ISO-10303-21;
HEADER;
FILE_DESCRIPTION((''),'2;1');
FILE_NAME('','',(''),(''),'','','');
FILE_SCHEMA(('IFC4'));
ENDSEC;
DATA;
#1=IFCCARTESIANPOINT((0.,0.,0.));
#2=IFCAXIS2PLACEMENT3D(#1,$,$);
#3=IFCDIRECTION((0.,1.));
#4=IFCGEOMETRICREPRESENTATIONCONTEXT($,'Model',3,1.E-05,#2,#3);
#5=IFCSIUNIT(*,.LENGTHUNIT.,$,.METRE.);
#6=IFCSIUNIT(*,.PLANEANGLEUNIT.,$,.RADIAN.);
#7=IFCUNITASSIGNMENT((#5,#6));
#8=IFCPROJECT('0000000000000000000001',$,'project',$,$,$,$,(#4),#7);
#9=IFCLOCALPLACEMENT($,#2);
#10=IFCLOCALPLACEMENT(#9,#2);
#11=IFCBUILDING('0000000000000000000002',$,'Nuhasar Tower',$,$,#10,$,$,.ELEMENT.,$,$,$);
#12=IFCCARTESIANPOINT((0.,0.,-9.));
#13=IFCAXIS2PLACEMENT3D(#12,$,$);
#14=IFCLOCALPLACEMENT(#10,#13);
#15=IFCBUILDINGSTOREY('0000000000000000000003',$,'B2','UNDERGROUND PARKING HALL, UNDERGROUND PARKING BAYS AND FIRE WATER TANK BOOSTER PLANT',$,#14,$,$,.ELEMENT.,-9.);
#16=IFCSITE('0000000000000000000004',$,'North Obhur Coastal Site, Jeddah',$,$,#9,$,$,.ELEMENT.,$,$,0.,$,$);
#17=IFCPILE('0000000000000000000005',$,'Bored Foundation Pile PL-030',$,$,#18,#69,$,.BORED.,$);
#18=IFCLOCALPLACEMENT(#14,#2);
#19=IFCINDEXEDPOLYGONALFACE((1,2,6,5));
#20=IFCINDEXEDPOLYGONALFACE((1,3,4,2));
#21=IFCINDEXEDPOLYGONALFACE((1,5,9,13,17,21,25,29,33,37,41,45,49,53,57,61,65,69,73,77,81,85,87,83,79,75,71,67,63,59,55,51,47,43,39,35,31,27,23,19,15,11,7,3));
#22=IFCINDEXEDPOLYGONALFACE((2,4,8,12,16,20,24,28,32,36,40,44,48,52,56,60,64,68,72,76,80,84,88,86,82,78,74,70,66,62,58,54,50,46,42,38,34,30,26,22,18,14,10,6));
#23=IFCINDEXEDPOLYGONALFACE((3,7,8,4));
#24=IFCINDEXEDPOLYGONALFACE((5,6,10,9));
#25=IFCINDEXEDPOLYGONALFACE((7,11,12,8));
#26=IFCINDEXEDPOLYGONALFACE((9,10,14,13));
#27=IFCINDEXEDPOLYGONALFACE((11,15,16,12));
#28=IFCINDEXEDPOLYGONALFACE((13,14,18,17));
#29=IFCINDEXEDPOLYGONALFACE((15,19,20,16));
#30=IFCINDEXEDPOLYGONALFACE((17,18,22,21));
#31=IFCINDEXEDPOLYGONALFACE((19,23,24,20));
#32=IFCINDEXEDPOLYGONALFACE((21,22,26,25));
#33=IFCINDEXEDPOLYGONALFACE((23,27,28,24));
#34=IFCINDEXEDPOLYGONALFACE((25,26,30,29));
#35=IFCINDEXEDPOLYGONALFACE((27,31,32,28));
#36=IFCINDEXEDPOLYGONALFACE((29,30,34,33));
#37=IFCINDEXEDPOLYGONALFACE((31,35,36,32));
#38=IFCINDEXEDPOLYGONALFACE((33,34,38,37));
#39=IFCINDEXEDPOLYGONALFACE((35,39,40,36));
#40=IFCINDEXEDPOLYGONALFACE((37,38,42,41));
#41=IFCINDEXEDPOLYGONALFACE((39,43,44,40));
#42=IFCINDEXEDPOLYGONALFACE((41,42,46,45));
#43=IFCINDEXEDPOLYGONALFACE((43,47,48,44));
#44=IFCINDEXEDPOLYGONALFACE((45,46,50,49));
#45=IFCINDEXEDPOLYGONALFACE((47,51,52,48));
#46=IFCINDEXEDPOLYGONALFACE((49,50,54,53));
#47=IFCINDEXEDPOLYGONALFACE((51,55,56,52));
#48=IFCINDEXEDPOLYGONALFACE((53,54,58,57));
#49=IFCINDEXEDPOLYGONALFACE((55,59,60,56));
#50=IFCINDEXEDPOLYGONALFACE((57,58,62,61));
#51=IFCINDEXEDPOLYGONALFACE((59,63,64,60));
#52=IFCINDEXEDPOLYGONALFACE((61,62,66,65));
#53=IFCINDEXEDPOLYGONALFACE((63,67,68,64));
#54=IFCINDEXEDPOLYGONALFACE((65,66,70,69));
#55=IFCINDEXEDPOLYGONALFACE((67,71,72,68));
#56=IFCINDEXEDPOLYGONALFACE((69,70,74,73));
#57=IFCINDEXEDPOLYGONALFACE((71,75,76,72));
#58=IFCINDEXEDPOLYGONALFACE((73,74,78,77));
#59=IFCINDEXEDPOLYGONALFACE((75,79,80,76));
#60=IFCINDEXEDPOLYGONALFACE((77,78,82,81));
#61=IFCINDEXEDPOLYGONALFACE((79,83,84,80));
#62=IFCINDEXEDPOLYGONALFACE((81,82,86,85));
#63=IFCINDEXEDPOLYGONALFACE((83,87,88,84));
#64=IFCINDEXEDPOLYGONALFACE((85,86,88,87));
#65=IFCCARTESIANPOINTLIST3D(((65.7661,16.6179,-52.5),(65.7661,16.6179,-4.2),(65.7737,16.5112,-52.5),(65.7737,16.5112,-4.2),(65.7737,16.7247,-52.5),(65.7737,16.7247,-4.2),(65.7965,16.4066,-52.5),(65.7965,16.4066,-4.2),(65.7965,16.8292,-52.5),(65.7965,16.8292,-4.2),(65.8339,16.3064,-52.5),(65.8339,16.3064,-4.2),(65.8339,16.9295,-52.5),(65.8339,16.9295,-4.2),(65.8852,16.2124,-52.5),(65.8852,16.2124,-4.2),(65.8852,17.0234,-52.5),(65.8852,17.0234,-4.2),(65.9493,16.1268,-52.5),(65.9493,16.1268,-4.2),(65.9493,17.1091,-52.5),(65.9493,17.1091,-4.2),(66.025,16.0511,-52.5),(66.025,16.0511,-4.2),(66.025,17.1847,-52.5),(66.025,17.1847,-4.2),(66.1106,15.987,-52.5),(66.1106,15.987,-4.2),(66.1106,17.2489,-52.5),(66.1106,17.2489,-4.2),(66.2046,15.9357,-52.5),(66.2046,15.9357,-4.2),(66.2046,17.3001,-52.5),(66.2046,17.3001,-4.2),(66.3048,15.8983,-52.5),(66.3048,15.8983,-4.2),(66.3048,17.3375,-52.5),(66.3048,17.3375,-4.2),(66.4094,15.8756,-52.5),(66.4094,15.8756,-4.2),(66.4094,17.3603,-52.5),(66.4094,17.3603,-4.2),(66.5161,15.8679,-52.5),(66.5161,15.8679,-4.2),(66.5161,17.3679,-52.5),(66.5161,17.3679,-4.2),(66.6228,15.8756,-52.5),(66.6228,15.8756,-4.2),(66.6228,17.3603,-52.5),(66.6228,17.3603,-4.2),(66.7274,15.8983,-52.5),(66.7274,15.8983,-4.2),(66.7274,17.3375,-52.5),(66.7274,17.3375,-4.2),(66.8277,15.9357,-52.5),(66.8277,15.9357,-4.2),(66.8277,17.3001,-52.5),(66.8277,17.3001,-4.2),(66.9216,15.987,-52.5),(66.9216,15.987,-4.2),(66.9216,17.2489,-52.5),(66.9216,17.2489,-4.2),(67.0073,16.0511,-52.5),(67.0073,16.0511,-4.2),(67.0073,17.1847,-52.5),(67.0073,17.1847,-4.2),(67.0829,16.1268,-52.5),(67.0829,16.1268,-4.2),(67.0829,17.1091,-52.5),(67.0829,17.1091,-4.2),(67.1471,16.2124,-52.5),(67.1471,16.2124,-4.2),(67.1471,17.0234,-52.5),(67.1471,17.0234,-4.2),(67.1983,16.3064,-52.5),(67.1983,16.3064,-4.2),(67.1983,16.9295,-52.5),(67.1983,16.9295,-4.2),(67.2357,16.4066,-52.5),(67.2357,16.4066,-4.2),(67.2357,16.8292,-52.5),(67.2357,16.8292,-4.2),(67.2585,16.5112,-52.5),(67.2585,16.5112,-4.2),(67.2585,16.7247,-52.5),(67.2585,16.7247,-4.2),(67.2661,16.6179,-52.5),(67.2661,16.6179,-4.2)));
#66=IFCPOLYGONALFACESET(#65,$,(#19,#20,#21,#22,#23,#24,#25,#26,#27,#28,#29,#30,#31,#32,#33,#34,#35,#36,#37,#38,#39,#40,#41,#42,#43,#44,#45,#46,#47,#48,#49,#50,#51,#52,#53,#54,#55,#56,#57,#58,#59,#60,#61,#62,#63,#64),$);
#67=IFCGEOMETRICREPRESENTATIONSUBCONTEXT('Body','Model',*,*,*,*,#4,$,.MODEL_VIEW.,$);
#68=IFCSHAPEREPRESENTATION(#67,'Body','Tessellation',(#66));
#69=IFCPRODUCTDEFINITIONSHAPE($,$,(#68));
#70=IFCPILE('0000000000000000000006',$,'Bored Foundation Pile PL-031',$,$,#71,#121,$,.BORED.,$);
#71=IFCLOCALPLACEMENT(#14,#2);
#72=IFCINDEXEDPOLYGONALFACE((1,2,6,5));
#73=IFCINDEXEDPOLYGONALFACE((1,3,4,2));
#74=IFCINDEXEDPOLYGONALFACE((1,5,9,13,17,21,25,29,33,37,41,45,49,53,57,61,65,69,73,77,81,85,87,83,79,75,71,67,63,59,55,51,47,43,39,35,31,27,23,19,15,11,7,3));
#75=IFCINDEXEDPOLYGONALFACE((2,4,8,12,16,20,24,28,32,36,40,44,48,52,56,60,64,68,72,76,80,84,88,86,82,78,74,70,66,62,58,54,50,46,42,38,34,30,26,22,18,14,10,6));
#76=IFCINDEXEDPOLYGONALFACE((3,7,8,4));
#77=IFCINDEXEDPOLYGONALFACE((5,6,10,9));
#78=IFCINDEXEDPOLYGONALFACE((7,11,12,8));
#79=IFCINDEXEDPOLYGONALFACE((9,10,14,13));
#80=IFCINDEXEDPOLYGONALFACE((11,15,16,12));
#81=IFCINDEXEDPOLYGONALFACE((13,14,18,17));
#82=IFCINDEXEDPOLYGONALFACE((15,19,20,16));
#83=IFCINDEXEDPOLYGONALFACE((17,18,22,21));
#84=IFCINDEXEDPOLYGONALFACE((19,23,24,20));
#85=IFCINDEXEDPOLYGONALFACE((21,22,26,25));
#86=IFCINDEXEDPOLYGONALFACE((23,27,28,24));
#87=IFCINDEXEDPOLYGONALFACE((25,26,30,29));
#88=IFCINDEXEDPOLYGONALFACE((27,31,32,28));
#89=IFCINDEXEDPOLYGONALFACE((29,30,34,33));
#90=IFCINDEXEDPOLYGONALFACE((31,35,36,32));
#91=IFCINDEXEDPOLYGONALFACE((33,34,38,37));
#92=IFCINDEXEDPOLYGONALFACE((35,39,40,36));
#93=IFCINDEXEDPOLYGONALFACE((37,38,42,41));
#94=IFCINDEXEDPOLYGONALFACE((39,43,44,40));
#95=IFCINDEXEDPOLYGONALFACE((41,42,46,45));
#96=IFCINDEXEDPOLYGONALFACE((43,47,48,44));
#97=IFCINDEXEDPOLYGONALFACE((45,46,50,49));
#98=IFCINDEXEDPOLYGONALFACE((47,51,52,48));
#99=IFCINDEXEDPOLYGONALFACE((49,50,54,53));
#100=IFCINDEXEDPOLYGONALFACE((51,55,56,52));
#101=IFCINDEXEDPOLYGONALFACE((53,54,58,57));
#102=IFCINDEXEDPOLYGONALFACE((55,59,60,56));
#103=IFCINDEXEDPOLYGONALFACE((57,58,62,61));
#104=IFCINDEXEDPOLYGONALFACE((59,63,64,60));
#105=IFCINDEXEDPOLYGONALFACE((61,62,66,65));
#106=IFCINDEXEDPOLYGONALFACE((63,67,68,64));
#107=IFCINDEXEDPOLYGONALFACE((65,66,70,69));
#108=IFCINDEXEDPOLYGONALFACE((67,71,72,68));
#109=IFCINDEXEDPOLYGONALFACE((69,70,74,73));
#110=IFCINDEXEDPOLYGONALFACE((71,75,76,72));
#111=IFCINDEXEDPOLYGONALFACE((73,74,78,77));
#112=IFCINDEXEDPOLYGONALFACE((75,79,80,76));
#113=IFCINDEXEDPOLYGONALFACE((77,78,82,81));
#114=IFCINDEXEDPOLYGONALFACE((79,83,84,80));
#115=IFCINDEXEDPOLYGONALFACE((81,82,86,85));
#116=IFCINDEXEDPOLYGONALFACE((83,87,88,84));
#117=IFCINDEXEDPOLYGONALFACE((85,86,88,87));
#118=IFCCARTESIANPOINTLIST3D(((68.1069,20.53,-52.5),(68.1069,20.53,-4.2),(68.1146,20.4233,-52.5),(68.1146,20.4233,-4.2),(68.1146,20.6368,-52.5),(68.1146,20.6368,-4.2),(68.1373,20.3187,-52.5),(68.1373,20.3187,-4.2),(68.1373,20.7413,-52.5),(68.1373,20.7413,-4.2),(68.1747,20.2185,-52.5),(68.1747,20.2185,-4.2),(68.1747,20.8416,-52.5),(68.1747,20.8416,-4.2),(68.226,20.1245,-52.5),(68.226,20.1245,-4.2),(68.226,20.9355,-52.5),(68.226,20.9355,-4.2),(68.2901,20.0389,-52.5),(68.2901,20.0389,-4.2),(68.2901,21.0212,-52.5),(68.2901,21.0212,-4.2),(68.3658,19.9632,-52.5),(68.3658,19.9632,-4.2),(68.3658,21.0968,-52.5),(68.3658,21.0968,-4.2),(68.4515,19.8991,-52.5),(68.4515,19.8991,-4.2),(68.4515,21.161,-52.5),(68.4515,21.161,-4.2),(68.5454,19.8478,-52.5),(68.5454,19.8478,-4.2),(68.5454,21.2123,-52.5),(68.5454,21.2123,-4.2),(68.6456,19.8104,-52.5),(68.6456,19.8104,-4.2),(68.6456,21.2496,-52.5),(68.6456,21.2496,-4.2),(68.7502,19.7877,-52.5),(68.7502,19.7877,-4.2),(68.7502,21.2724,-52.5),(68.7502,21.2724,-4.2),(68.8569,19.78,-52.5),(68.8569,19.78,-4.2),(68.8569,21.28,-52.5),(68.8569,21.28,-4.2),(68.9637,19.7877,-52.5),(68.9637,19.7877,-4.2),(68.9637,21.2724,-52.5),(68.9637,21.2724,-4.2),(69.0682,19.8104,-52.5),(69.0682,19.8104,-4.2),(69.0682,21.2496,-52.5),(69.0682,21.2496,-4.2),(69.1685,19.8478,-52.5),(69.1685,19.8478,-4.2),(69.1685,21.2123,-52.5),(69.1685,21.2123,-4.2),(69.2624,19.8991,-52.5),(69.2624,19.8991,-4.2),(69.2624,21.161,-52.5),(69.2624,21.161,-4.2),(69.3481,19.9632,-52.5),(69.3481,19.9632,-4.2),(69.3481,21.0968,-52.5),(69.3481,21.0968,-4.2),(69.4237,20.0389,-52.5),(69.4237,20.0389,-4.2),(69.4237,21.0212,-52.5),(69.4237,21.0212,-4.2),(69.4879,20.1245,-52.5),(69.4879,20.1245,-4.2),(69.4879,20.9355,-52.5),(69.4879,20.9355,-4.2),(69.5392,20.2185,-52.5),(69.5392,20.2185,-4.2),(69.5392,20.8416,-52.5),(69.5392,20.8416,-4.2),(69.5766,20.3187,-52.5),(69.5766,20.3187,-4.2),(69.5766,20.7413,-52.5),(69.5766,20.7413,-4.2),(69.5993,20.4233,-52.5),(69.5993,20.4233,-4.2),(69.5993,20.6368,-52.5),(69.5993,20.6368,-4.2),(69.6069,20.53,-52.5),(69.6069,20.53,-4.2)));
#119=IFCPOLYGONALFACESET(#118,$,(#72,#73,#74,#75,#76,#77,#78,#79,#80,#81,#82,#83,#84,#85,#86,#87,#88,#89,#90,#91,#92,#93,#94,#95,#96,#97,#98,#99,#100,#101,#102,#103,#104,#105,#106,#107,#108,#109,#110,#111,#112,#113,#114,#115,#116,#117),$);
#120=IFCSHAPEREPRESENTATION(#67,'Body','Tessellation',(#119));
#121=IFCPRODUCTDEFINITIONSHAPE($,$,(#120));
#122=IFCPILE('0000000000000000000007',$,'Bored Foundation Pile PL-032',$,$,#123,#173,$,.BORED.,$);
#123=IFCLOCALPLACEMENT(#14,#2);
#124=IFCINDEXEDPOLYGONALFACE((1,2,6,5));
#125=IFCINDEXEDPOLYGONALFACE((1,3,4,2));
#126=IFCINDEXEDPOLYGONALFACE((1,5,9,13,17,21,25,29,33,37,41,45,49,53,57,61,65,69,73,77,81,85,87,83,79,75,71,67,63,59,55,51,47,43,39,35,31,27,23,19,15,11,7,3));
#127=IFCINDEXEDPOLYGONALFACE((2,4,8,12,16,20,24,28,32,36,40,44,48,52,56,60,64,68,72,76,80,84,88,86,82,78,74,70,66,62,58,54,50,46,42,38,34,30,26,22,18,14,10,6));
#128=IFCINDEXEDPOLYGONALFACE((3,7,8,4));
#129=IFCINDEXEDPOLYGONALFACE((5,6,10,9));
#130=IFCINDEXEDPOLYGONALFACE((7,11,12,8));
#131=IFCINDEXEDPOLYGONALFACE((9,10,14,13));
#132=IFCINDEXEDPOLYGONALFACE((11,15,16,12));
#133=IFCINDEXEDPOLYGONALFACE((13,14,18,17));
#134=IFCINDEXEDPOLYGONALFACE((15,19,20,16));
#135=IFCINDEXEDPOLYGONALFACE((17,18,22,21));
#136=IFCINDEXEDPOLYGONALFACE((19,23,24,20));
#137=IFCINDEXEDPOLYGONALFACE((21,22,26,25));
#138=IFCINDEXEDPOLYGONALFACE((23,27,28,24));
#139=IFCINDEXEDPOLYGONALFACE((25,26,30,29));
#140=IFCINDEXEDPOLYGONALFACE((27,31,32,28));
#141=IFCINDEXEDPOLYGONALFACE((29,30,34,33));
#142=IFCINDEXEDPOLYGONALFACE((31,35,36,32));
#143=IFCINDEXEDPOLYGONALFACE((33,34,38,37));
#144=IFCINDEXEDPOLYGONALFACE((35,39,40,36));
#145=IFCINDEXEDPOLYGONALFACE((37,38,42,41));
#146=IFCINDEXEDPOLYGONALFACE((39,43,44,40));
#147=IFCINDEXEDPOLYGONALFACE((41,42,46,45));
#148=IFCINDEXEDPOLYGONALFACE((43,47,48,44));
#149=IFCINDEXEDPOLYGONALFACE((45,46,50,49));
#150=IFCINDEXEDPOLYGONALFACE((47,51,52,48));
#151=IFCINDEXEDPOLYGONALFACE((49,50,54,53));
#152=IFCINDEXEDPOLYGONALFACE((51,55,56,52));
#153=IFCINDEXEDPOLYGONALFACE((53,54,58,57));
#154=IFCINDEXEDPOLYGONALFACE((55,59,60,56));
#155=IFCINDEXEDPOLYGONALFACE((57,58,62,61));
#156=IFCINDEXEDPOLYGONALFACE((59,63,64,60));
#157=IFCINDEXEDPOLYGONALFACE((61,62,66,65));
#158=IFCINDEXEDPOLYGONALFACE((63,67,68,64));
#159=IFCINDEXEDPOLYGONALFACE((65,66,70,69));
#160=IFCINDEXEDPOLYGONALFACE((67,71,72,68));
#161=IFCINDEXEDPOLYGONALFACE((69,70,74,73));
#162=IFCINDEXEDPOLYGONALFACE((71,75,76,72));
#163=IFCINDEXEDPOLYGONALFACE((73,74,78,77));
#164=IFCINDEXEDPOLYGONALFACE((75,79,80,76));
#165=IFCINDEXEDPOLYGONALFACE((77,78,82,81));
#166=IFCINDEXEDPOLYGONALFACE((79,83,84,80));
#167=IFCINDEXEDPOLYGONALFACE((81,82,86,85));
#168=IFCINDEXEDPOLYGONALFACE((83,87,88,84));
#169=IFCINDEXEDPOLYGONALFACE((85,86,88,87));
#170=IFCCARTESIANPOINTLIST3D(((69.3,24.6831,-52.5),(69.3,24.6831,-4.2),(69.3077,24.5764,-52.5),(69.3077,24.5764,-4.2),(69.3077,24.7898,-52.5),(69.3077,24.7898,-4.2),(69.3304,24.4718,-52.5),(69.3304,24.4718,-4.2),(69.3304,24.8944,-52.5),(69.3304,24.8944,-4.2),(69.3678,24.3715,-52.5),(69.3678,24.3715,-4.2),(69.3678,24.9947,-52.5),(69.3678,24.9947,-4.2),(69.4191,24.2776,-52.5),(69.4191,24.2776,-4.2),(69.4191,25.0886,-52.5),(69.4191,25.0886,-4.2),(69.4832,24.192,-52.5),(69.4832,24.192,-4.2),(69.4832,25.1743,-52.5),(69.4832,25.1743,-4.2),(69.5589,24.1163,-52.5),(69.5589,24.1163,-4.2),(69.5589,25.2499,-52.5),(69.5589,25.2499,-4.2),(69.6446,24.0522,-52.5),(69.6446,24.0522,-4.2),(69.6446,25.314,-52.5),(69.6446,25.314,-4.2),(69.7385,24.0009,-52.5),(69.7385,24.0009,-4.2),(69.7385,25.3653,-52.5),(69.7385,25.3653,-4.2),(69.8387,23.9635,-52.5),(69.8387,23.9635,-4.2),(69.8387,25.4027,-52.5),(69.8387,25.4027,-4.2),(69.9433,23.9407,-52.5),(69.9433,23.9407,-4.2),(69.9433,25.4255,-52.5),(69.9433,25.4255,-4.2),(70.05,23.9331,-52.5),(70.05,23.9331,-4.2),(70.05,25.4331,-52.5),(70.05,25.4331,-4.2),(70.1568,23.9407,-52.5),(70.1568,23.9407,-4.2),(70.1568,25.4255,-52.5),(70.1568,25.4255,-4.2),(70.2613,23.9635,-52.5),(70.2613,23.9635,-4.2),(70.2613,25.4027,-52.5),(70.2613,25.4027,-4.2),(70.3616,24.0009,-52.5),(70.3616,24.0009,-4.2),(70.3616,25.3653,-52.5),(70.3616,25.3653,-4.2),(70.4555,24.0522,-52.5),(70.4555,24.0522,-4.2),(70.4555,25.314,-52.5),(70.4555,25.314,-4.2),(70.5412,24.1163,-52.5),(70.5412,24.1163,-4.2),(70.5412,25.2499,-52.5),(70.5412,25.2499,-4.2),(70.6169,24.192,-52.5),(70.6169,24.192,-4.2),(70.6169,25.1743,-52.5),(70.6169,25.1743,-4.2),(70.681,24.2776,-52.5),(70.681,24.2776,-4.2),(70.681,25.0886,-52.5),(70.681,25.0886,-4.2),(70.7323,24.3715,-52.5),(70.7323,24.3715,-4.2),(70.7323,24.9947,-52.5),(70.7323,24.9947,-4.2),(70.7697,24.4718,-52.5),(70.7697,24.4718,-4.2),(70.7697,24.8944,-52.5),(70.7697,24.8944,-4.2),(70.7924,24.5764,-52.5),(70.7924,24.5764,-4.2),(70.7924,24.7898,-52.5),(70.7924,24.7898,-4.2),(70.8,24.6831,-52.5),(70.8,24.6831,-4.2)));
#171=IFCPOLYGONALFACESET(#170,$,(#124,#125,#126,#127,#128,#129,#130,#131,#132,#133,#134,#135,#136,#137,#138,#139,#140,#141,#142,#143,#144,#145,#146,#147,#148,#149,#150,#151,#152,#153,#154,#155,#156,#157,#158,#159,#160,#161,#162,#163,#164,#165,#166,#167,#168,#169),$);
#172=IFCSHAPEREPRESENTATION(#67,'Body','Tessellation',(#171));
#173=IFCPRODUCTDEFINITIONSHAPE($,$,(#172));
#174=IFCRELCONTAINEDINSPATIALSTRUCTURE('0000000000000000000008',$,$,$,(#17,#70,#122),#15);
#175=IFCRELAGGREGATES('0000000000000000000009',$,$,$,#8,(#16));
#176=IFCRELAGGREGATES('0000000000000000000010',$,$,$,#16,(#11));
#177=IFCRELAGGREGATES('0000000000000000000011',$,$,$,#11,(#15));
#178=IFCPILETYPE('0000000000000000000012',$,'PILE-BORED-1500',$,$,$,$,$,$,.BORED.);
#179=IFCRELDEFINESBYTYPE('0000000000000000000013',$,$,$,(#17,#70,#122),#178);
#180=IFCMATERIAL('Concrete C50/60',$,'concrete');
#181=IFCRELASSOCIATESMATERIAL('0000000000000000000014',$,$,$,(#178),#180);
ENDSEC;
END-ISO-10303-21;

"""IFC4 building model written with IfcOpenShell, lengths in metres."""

from ifc_helpers import new_model, si_unit, direction, frame, origin, origin_2d, place, context, subcontext, project, spatial, circle, extrude, material, material_profile, profile_set, type_object, element, save


model = new_model("IFC4")

# Units and contexts
model_context = context("Model", 3, precision=1e-05, world=origin(), true_north=direction((0.0, 1.0)))
body_context = subcontext(model_context, "Body", "Model", "MODEL_VIEW")
ifc_project = project(units=[si_unit("LENGTHUNIT", "METRE"), si_unit("PLANEANGLEUNIT", "RADIAN")], contexts=[model_context])

# Site, building, storey
site_placement = place(None, origin())
site = spatial("IfcSite", under=ifc_project, at=site_placement, Name="North Obhur Coastal Site, Jeddah", CompositionType="ELEMENT", RefElevation=0.0)
building_placement = place(site_placement, origin())
building = spatial("IfcBuilding", under=site, at=building_placement, Name="Nuhasar Tower", CompositionType="ELEMENT")
storey_placement = place(building_placement, frame((0.0, 0.0, -9.0)))
storey = spatial("IfcBuildingStorey", under=building, at=storey_placement, Name="B2", Description="UNDERGROUND PARKING HALL, UNDERGROUND PARKING BAYS AND FIRE WATER TANK BOOSTER PLANT", CompositionType="ELEMENT", Elevation=-9.0)

# Shared definitions
ifc_material_1 = material(Name="Concrete C50/60", Category="concrete")

# Piles
ifc_material_profile_1 = material_profile(ifc_material_1, circle(Radius=0.75, at=origin_2d()), Name="PILE1500")
ifc_profile_set_1 = profile_set([ifc_material_profile_1], Name="Concrete C50/60")
pile_type_1 = type_object("IfcPileType", Name="PILE-BORED-1500", PredefinedType="BORED", material=ifc_profile_set_1)
for number, where, z_axis, x_axis, name in (
    (1, (66.5161, 16.6179, -4.2), (0.0, 0.0, -1.0), (1.0, 0.0, 0.0), "Bored Foundation Pile PL-030"),
    (2, (68.8569, 20.53, -4.2), (0.0, 0.0, -1.0), (1.0, 0.0, 0.0), "Bored Foundation Pile PL-031"),
    (3, (70.05, 24.6831, -4.2), (0.0, 0.0, -1.0), (1.0, 0.0, 0.0), "Bored Foundation Pile PL-032"),
):
    element("IfcPile", number, at=place(storey_placement, frame(where, z_axis=z_axis, x_axis=x_axis)), inside=storey, type_object=pile_type_1, Name=name, PredefinedType="BORED", context=body_context, shape_type="SweptSolid", body=[
        extrude(circle(Radius=0.75, at=origin_2d()), origin(), (0.0, 0.0, 1.0), 48.3),
    ])

save(model, "model.ifc")
